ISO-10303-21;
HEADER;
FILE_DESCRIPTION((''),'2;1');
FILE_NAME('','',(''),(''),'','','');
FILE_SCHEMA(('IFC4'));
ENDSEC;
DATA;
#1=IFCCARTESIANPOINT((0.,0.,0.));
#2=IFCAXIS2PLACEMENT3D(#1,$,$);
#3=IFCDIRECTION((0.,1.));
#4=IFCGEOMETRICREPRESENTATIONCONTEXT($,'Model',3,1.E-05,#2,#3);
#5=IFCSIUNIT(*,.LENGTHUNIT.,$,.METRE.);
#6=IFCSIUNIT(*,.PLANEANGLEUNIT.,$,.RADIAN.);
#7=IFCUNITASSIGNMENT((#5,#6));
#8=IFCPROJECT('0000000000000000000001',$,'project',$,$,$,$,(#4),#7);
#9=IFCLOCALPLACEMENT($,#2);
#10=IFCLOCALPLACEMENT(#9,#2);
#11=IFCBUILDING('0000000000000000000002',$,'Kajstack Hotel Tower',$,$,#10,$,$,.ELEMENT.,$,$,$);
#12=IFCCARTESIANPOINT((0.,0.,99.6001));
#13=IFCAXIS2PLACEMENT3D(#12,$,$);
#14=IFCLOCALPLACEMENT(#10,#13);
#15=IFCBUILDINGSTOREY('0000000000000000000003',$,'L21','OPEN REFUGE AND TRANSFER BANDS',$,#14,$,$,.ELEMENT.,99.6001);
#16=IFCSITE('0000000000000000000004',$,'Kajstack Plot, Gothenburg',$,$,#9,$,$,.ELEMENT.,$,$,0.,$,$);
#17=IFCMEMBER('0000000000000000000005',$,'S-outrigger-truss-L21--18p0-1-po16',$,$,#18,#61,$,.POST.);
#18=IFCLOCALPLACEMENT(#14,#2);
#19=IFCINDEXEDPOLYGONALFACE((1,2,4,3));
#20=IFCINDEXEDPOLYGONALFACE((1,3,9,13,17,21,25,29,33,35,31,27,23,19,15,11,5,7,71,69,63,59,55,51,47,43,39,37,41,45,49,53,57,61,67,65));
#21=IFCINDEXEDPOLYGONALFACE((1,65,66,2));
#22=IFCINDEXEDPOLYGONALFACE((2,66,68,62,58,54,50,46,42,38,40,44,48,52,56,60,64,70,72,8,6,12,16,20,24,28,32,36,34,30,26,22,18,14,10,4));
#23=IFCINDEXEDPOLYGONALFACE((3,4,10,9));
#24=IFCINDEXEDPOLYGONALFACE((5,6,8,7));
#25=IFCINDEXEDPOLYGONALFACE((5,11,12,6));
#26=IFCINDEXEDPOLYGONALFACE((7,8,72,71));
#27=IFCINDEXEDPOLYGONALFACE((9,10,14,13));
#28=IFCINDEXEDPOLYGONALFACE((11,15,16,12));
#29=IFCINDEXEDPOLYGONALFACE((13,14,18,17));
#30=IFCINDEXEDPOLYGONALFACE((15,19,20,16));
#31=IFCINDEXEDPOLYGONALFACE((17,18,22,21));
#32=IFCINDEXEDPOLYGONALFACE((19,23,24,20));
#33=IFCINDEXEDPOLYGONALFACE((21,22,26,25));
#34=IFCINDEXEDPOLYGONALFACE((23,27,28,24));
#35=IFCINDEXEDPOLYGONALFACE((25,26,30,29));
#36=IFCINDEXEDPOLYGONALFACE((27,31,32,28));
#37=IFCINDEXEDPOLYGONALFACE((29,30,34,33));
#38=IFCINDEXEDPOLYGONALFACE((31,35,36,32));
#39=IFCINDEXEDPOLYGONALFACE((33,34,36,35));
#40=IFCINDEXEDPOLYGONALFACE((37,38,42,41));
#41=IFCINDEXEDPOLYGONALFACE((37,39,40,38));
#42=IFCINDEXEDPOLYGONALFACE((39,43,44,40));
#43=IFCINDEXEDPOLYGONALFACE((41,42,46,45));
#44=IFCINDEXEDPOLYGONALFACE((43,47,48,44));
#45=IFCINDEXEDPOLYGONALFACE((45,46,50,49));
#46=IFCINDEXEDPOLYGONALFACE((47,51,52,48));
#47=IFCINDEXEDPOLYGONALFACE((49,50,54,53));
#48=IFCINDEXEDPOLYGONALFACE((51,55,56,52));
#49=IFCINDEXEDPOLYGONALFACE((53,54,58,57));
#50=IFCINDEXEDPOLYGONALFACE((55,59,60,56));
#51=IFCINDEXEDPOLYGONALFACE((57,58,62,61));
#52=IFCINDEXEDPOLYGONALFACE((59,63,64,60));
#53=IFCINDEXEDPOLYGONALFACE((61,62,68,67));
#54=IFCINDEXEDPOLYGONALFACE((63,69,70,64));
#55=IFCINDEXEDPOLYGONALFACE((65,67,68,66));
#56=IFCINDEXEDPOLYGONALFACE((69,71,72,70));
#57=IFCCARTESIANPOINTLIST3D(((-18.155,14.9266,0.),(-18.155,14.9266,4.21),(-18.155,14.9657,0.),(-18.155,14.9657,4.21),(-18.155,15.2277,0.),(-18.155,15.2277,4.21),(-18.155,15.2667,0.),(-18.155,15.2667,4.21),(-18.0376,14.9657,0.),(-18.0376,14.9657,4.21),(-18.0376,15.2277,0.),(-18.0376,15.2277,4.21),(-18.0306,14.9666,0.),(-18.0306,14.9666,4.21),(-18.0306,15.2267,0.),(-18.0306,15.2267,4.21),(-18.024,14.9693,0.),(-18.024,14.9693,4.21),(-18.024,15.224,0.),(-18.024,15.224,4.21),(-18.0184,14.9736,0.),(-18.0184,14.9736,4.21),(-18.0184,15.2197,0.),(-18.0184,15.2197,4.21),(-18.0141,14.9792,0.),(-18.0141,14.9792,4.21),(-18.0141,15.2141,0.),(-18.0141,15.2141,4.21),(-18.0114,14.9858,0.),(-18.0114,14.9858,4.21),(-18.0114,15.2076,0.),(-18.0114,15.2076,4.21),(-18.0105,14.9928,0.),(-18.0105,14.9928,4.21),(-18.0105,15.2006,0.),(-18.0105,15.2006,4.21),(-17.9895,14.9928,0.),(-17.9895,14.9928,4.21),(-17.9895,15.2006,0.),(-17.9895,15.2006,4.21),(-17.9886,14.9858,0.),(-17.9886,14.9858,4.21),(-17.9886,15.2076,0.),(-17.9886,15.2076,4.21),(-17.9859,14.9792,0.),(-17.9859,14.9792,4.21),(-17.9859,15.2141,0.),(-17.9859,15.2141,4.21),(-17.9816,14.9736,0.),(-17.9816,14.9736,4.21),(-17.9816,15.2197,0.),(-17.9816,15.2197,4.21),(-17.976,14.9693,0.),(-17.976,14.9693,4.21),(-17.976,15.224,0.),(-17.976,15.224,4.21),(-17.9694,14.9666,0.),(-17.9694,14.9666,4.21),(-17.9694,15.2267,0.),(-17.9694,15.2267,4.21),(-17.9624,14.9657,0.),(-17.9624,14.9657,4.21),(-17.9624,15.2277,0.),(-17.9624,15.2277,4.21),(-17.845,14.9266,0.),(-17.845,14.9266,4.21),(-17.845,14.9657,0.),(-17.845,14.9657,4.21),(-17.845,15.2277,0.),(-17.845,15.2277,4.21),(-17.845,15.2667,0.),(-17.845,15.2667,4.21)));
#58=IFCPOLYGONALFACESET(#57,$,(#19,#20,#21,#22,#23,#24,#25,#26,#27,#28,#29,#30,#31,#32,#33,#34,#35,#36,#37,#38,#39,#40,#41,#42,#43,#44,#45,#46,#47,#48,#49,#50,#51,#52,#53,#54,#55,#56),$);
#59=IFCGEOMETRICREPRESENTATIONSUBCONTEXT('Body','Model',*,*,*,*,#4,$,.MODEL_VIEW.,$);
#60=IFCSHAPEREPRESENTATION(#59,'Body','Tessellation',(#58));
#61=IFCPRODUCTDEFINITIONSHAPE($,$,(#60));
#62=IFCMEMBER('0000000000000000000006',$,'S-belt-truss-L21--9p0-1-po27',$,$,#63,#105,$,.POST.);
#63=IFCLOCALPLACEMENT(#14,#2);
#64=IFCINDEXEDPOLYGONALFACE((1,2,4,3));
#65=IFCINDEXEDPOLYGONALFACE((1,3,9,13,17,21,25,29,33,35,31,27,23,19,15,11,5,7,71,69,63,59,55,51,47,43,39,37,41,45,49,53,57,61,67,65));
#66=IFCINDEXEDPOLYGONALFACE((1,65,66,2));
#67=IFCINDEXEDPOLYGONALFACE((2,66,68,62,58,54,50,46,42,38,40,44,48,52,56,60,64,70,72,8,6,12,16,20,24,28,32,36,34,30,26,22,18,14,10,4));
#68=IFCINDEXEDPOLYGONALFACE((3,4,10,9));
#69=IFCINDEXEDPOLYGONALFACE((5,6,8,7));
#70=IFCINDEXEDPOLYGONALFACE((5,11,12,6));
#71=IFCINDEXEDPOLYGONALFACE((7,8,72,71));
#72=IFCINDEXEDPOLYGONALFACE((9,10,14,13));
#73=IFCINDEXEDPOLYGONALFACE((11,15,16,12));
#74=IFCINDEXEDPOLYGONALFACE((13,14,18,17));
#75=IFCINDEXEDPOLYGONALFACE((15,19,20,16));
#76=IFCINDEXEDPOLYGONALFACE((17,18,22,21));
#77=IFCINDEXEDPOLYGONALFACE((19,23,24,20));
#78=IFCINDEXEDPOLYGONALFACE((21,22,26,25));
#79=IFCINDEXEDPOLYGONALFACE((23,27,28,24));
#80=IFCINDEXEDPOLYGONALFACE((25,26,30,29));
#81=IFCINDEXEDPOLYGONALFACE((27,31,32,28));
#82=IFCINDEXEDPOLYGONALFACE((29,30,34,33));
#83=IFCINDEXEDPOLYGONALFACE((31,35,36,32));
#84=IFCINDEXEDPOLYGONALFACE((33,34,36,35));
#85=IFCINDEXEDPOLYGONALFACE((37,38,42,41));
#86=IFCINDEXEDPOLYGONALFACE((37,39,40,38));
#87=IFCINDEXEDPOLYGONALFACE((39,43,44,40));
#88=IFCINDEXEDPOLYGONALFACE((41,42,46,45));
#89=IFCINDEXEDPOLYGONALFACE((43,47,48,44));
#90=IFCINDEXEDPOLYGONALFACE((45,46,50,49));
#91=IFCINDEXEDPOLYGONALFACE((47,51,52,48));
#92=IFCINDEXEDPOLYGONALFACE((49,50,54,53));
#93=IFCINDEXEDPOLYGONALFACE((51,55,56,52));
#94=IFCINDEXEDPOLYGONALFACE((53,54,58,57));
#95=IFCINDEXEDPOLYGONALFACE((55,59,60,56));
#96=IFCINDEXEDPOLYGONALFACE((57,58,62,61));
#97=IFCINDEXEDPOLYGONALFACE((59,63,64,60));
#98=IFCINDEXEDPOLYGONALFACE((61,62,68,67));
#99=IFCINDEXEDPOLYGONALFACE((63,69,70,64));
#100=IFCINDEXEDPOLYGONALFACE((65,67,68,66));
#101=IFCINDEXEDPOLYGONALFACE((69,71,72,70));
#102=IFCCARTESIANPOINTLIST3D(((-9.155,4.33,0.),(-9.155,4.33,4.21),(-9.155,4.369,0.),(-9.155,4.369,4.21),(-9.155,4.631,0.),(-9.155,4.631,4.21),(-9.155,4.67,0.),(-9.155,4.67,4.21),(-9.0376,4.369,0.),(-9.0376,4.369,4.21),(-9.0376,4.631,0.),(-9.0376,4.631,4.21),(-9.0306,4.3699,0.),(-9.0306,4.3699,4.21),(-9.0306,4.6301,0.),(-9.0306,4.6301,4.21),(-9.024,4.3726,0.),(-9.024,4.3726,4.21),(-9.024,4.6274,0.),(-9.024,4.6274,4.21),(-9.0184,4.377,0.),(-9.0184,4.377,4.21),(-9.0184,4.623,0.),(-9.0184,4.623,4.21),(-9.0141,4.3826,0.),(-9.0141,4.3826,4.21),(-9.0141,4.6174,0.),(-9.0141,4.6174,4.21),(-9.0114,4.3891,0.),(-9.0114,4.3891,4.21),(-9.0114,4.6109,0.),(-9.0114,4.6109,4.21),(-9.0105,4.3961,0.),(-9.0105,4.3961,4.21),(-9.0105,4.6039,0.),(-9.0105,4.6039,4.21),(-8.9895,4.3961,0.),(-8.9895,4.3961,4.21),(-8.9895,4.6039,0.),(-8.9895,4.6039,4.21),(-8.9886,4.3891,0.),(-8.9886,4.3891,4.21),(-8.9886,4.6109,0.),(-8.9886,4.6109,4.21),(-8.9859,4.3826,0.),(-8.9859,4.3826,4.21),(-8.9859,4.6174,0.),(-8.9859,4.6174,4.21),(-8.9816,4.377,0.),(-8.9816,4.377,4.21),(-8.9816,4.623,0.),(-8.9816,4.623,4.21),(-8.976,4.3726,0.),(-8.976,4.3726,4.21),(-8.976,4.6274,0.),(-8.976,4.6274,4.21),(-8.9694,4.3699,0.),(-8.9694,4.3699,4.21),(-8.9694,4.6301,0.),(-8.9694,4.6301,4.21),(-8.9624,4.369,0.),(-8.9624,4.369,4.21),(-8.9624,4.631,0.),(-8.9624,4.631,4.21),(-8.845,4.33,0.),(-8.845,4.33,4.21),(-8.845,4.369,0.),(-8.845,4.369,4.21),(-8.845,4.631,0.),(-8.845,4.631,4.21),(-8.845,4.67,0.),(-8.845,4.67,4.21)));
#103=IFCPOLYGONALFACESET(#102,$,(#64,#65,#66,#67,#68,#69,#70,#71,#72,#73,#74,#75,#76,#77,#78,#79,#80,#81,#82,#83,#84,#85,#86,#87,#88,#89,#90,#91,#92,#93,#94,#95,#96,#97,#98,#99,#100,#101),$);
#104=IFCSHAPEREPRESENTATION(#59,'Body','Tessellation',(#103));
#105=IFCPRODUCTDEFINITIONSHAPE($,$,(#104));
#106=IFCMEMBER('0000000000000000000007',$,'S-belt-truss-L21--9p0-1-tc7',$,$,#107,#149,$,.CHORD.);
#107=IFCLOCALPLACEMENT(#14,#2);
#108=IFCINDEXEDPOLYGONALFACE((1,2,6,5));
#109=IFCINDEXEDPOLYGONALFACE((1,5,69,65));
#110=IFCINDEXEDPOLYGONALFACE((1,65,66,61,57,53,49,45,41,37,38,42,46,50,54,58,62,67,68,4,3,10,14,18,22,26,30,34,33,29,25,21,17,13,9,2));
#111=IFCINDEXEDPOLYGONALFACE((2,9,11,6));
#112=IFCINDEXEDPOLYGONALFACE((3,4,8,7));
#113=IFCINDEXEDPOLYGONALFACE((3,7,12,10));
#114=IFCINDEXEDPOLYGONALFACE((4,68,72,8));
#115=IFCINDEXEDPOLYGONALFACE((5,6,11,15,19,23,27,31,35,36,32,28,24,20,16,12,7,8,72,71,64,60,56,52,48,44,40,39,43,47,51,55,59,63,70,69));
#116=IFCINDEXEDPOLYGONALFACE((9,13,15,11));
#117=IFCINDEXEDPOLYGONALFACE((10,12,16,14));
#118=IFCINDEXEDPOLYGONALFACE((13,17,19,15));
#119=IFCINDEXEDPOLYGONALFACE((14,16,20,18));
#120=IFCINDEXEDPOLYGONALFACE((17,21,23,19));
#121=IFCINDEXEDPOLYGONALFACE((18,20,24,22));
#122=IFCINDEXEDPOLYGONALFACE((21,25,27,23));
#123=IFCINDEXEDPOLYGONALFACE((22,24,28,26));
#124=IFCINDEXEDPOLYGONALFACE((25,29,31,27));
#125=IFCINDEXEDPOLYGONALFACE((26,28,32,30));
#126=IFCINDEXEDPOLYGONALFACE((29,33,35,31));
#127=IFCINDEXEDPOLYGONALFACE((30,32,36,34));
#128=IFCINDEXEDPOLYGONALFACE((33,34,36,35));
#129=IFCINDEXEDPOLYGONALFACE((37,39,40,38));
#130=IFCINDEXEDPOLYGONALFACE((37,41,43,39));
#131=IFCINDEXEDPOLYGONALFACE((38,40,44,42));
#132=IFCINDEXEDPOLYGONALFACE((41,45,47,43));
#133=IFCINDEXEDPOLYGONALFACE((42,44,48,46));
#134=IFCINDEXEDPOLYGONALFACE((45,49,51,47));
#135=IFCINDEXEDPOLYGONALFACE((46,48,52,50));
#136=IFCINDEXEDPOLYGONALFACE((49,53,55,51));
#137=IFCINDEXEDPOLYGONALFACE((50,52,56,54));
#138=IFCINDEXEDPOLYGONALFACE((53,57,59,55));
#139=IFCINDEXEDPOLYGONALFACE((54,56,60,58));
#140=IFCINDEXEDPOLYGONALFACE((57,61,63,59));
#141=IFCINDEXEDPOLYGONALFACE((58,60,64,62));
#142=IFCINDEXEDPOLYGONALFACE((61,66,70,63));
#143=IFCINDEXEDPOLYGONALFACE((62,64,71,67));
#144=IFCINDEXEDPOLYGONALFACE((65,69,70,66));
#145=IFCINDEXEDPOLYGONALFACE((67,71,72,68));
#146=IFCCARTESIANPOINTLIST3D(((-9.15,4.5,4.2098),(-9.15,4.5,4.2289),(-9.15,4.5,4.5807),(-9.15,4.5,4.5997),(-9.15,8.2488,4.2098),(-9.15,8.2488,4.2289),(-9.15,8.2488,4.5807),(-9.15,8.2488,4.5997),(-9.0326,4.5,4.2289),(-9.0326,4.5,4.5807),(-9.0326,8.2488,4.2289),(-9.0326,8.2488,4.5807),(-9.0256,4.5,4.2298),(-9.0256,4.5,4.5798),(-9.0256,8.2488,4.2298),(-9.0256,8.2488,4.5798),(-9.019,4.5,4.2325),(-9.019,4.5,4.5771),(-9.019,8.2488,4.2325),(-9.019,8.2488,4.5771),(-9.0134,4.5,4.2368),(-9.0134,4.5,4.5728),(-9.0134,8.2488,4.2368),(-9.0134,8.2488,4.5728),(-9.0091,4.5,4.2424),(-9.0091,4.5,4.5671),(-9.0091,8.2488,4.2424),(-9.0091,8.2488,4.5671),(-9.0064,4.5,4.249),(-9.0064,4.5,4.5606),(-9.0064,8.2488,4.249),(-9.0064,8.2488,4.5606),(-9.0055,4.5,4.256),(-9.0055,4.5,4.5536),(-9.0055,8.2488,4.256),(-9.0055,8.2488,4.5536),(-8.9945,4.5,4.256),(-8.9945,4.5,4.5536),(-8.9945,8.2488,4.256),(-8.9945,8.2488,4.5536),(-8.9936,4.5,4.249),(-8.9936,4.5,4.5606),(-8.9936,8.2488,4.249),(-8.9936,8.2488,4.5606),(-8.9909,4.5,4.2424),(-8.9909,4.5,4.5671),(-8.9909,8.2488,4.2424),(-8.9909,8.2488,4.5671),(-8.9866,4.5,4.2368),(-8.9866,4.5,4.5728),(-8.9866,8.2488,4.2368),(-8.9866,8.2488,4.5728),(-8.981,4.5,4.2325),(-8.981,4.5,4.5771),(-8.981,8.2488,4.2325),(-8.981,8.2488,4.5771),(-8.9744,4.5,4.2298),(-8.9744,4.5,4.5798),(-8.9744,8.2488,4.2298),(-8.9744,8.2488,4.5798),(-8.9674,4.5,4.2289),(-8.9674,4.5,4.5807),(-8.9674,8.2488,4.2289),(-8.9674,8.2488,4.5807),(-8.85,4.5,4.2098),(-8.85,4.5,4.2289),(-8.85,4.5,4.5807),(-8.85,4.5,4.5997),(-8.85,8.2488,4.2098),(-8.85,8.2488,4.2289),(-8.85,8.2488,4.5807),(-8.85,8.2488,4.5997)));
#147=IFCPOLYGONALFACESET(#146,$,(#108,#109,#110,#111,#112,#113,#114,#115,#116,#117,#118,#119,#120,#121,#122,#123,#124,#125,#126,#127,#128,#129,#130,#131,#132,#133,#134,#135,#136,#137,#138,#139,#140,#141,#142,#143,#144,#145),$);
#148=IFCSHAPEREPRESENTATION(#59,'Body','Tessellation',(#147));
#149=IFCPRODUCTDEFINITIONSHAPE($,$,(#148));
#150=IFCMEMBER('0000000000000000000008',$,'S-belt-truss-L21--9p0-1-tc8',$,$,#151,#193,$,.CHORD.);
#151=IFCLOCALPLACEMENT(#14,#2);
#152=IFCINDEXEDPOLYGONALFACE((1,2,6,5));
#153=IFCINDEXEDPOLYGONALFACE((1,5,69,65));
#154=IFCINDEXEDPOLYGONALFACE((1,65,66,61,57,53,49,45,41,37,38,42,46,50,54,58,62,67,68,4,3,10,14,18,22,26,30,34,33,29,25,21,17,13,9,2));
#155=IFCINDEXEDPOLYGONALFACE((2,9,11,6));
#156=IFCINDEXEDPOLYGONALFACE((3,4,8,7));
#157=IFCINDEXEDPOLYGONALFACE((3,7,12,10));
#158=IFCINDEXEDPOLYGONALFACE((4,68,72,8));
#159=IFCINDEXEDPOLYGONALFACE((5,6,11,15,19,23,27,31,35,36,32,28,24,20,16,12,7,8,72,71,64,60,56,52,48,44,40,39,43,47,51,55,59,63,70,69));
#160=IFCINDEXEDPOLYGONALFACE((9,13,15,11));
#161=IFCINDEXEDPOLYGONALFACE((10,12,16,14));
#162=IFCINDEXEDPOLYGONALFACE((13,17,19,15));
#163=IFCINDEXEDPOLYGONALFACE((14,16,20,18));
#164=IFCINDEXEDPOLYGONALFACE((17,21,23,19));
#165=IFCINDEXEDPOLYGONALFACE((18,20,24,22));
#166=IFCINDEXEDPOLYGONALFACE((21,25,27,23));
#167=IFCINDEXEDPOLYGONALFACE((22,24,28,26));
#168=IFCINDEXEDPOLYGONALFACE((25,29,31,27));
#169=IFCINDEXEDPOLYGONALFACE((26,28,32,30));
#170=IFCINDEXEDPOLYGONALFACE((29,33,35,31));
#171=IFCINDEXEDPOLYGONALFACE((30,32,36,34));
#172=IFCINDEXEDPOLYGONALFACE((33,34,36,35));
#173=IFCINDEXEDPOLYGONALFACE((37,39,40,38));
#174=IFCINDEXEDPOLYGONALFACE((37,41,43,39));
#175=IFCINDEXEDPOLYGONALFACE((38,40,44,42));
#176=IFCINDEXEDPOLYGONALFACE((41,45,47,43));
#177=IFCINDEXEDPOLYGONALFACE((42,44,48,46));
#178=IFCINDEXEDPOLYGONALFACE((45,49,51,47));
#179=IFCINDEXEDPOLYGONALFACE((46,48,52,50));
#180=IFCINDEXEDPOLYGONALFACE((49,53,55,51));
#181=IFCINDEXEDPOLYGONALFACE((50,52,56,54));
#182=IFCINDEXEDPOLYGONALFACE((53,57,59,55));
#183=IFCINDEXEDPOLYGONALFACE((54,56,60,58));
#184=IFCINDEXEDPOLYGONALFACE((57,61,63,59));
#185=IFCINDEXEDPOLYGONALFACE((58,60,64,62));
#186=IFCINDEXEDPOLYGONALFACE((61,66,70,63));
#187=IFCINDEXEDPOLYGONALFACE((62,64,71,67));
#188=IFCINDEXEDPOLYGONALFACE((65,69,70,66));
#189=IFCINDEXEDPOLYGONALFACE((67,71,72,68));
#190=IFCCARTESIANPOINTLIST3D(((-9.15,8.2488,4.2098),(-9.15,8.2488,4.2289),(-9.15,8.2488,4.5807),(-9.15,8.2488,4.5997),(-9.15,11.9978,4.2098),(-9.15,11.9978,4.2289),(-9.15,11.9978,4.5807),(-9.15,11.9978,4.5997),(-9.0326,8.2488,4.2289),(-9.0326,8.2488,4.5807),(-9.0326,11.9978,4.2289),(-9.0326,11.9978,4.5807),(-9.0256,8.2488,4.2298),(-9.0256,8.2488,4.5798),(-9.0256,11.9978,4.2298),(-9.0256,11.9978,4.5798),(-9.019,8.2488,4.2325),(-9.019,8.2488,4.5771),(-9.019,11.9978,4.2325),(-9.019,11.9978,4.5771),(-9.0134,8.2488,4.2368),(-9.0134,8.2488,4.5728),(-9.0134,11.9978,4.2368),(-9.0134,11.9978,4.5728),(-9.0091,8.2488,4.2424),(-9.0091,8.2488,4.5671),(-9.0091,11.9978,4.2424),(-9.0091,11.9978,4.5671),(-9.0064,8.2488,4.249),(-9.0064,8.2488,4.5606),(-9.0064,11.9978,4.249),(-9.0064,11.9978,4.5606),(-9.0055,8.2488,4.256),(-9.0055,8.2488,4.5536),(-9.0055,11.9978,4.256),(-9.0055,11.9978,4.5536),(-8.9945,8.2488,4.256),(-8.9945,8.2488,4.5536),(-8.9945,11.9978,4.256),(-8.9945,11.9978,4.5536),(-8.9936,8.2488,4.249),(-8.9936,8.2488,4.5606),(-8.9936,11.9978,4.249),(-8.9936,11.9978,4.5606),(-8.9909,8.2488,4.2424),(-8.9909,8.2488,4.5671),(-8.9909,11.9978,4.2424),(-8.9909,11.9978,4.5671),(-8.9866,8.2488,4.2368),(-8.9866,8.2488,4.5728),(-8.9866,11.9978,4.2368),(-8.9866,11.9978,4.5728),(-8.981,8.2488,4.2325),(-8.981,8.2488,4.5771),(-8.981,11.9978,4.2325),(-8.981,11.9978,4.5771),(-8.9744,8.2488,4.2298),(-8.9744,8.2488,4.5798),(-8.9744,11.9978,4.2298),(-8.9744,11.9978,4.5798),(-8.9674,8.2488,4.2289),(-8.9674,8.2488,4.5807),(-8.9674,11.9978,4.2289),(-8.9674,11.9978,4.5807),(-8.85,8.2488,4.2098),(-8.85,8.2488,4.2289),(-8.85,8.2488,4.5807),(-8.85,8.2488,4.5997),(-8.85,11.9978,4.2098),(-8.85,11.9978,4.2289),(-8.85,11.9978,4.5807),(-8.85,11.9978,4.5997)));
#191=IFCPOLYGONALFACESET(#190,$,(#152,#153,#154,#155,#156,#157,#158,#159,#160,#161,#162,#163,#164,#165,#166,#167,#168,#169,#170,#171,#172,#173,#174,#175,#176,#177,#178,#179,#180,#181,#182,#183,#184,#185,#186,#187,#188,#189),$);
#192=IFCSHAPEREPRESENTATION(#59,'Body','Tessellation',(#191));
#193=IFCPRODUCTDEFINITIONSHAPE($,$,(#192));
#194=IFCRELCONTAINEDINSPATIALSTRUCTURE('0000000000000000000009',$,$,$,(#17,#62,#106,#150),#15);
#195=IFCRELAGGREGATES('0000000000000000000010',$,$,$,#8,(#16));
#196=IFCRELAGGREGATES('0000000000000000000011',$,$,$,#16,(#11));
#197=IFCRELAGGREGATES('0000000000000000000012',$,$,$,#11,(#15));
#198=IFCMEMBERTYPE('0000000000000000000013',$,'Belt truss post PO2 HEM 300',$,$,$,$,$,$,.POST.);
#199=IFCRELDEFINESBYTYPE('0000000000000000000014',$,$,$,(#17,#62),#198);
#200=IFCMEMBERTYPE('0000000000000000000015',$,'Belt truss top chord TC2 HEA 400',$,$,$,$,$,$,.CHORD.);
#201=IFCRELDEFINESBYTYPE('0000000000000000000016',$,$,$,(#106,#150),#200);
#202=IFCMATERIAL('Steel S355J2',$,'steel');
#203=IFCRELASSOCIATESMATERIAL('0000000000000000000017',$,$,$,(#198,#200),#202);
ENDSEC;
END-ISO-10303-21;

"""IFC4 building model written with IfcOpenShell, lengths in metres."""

from ifc_helpers import new_model, si_unit, direction, frame, origin, origin_2d, place, context, subcontext, project, spatial, i_section, extrude, material, material_profile, profile_set, type_object, element, save


model = new_model("IFC4")

# Units and contexts
model_context = context("Model", 3, precision=1e-05, world=origin(), true_north=direction((0.0, 1.0)))
body_context = subcontext(model_context, "Body", "Model", "MODEL_VIEW")
ifc_project = project(units=[si_unit("LENGTHUNIT", "METRE"), si_unit("PLANEANGLEUNIT", "RADIAN")], contexts=[model_context])

# Site, building, storey
site_placement = place(None, origin())
site = spatial("IfcSite", under=ifc_project, at=site_placement, Name="Kajstack Plot, Gothenburg", CompositionType="ELEMENT", RefElevation=0.0)
building_placement = place(site_placement, origin())
building = spatial("IfcBuilding", under=site, at=building_placement, Name="Kajstack Hotel Tower", CompositionType="ELEMENT")
storey_placement = place(building_placement, frame((0.0, 0.0, 99.6001)))
storey = spatial("IfcBuildingStorey", under=building, at=storey_placement, Name="L21", Description="OPEN REFUGE AND TRANSFER BANDS", CompositionType="ELEMENT", Elevation=99.6001)

# Members
ifc_material_1 = material(Name="Steel S355J2", Category="steel")
ifc_material_profile_1 = material_profile(ifc_material_1, i_section(OverallWidth=0.3101, OverallDepth=0.3401, WebThickness=0.021, FlangeThickness=0.0391, FilletRadius=0.0271, at=origin_2d()), Name="HEM 300")
ifc_profile_set_1 = profile_set([ifc_material_profile_1], Name="Steel S355J2")
member_type_1 = type_object("IfcMemberType", Name="Belt truss post PO2 HEM 300", PredefinedType="POST", material=ifc_profile_set_1)
for number, where, z_axis, x_axis, name in (
    (1, (-18.0, 15.0967, 0.0), (0.0, 0.0, 1.0), (1.0, 0.0, 0.0), "S-outrigger-truss-L21--18p0-1-po16"),
    (2, (-9.0, 4.5, 0.0), (0.0, 0.0, 1.0), (1.0, 0.0, 0.0), "S-belt-truss-L21--9p0-1-po27"),
):
    element("IfcMember", number, at=place(storey_placement, frame(where, z_axis=z_axis, x_axis=x_axis)), inside=storey, type_object=member_type_1, Name=name, PredefinedType="POST", context=body_context, shape_type="SweptSolid", body=[
        extrude(i_section(OverallWidth=0.3101, OverallDepth=0.3401, WebThickness=0.021, FlangeThickness=0.0391, FilletRadius=0.0271, at=origin_2d()), origin(), (0.0, 0.0, 1.0), 4.21),
    ])
ifc_material_profile_2 = material_profile(ifc_material_1, i_section(OverallWidth=0.3, OverallDepth=0.3899, WebThickness=0.011, FlangeThickness=0.019, FilletRadius=0.0271, at=origin_2d()), Name="HEA 400")
ifc_profile_set_2 = profile_set([ifc_material_profile_2], Name="Steel S355J2")
member_type_2 = type_object("IfcMemberType", Name="Belt truss top chord TC2 HEA 400", PredefinedType="CHORD", material=ifc_profile_set_2)
member_1_placement = place(storey_placement, frame((-9.0, 4.5, 4.4048), z_axis=(0.0, 1.0, 0.0), x_axis=(-1.0, 0.0, 0.0)))
element("IfcMember", 3, at=member_1_placement, inside=storey, type_object=member_type_2, Name="S-belt-truss-L21--9p0-1-tc7", PredefinedType="CHORD", context=body_context, shape_type="SweptSolid", body=[
    extrude(i_section(OverallWidth=0.3, OverallDepth=0.3899, WebThickness=0.011, FlangeThickness=0.019, FilletRadius=0.0271, at=origin_2d()), origin(), (0.0, 0.0, 1.0), 3.7488),
])
member_2_placement = place(storey_placement, frame((-9.0, 8.2488, 4.4048), z_axis=(0.0, 1.0, 0.0), x_axis=(-1.0, 0.0, 0.0)))
element("IfcMember", 4, at=member_2_placement, inside=storey, type_object=member_type_2, Name="S-belt-truss-L21--9p0-1-tc8", PredefinedType="CHORD", context=body_context, shape_type="SweptSolid", body=[
    extrude(i_section(OverallWidth=0.3, OverallDepth=0.3899, WebThickness=0.011, FlangeThickness=0.019, FilletRadius=0.0271, at=origin_2d()), origin(), (0.0, 0.0, 1.0), 3.749),
])

save(model, "model.ifc")
